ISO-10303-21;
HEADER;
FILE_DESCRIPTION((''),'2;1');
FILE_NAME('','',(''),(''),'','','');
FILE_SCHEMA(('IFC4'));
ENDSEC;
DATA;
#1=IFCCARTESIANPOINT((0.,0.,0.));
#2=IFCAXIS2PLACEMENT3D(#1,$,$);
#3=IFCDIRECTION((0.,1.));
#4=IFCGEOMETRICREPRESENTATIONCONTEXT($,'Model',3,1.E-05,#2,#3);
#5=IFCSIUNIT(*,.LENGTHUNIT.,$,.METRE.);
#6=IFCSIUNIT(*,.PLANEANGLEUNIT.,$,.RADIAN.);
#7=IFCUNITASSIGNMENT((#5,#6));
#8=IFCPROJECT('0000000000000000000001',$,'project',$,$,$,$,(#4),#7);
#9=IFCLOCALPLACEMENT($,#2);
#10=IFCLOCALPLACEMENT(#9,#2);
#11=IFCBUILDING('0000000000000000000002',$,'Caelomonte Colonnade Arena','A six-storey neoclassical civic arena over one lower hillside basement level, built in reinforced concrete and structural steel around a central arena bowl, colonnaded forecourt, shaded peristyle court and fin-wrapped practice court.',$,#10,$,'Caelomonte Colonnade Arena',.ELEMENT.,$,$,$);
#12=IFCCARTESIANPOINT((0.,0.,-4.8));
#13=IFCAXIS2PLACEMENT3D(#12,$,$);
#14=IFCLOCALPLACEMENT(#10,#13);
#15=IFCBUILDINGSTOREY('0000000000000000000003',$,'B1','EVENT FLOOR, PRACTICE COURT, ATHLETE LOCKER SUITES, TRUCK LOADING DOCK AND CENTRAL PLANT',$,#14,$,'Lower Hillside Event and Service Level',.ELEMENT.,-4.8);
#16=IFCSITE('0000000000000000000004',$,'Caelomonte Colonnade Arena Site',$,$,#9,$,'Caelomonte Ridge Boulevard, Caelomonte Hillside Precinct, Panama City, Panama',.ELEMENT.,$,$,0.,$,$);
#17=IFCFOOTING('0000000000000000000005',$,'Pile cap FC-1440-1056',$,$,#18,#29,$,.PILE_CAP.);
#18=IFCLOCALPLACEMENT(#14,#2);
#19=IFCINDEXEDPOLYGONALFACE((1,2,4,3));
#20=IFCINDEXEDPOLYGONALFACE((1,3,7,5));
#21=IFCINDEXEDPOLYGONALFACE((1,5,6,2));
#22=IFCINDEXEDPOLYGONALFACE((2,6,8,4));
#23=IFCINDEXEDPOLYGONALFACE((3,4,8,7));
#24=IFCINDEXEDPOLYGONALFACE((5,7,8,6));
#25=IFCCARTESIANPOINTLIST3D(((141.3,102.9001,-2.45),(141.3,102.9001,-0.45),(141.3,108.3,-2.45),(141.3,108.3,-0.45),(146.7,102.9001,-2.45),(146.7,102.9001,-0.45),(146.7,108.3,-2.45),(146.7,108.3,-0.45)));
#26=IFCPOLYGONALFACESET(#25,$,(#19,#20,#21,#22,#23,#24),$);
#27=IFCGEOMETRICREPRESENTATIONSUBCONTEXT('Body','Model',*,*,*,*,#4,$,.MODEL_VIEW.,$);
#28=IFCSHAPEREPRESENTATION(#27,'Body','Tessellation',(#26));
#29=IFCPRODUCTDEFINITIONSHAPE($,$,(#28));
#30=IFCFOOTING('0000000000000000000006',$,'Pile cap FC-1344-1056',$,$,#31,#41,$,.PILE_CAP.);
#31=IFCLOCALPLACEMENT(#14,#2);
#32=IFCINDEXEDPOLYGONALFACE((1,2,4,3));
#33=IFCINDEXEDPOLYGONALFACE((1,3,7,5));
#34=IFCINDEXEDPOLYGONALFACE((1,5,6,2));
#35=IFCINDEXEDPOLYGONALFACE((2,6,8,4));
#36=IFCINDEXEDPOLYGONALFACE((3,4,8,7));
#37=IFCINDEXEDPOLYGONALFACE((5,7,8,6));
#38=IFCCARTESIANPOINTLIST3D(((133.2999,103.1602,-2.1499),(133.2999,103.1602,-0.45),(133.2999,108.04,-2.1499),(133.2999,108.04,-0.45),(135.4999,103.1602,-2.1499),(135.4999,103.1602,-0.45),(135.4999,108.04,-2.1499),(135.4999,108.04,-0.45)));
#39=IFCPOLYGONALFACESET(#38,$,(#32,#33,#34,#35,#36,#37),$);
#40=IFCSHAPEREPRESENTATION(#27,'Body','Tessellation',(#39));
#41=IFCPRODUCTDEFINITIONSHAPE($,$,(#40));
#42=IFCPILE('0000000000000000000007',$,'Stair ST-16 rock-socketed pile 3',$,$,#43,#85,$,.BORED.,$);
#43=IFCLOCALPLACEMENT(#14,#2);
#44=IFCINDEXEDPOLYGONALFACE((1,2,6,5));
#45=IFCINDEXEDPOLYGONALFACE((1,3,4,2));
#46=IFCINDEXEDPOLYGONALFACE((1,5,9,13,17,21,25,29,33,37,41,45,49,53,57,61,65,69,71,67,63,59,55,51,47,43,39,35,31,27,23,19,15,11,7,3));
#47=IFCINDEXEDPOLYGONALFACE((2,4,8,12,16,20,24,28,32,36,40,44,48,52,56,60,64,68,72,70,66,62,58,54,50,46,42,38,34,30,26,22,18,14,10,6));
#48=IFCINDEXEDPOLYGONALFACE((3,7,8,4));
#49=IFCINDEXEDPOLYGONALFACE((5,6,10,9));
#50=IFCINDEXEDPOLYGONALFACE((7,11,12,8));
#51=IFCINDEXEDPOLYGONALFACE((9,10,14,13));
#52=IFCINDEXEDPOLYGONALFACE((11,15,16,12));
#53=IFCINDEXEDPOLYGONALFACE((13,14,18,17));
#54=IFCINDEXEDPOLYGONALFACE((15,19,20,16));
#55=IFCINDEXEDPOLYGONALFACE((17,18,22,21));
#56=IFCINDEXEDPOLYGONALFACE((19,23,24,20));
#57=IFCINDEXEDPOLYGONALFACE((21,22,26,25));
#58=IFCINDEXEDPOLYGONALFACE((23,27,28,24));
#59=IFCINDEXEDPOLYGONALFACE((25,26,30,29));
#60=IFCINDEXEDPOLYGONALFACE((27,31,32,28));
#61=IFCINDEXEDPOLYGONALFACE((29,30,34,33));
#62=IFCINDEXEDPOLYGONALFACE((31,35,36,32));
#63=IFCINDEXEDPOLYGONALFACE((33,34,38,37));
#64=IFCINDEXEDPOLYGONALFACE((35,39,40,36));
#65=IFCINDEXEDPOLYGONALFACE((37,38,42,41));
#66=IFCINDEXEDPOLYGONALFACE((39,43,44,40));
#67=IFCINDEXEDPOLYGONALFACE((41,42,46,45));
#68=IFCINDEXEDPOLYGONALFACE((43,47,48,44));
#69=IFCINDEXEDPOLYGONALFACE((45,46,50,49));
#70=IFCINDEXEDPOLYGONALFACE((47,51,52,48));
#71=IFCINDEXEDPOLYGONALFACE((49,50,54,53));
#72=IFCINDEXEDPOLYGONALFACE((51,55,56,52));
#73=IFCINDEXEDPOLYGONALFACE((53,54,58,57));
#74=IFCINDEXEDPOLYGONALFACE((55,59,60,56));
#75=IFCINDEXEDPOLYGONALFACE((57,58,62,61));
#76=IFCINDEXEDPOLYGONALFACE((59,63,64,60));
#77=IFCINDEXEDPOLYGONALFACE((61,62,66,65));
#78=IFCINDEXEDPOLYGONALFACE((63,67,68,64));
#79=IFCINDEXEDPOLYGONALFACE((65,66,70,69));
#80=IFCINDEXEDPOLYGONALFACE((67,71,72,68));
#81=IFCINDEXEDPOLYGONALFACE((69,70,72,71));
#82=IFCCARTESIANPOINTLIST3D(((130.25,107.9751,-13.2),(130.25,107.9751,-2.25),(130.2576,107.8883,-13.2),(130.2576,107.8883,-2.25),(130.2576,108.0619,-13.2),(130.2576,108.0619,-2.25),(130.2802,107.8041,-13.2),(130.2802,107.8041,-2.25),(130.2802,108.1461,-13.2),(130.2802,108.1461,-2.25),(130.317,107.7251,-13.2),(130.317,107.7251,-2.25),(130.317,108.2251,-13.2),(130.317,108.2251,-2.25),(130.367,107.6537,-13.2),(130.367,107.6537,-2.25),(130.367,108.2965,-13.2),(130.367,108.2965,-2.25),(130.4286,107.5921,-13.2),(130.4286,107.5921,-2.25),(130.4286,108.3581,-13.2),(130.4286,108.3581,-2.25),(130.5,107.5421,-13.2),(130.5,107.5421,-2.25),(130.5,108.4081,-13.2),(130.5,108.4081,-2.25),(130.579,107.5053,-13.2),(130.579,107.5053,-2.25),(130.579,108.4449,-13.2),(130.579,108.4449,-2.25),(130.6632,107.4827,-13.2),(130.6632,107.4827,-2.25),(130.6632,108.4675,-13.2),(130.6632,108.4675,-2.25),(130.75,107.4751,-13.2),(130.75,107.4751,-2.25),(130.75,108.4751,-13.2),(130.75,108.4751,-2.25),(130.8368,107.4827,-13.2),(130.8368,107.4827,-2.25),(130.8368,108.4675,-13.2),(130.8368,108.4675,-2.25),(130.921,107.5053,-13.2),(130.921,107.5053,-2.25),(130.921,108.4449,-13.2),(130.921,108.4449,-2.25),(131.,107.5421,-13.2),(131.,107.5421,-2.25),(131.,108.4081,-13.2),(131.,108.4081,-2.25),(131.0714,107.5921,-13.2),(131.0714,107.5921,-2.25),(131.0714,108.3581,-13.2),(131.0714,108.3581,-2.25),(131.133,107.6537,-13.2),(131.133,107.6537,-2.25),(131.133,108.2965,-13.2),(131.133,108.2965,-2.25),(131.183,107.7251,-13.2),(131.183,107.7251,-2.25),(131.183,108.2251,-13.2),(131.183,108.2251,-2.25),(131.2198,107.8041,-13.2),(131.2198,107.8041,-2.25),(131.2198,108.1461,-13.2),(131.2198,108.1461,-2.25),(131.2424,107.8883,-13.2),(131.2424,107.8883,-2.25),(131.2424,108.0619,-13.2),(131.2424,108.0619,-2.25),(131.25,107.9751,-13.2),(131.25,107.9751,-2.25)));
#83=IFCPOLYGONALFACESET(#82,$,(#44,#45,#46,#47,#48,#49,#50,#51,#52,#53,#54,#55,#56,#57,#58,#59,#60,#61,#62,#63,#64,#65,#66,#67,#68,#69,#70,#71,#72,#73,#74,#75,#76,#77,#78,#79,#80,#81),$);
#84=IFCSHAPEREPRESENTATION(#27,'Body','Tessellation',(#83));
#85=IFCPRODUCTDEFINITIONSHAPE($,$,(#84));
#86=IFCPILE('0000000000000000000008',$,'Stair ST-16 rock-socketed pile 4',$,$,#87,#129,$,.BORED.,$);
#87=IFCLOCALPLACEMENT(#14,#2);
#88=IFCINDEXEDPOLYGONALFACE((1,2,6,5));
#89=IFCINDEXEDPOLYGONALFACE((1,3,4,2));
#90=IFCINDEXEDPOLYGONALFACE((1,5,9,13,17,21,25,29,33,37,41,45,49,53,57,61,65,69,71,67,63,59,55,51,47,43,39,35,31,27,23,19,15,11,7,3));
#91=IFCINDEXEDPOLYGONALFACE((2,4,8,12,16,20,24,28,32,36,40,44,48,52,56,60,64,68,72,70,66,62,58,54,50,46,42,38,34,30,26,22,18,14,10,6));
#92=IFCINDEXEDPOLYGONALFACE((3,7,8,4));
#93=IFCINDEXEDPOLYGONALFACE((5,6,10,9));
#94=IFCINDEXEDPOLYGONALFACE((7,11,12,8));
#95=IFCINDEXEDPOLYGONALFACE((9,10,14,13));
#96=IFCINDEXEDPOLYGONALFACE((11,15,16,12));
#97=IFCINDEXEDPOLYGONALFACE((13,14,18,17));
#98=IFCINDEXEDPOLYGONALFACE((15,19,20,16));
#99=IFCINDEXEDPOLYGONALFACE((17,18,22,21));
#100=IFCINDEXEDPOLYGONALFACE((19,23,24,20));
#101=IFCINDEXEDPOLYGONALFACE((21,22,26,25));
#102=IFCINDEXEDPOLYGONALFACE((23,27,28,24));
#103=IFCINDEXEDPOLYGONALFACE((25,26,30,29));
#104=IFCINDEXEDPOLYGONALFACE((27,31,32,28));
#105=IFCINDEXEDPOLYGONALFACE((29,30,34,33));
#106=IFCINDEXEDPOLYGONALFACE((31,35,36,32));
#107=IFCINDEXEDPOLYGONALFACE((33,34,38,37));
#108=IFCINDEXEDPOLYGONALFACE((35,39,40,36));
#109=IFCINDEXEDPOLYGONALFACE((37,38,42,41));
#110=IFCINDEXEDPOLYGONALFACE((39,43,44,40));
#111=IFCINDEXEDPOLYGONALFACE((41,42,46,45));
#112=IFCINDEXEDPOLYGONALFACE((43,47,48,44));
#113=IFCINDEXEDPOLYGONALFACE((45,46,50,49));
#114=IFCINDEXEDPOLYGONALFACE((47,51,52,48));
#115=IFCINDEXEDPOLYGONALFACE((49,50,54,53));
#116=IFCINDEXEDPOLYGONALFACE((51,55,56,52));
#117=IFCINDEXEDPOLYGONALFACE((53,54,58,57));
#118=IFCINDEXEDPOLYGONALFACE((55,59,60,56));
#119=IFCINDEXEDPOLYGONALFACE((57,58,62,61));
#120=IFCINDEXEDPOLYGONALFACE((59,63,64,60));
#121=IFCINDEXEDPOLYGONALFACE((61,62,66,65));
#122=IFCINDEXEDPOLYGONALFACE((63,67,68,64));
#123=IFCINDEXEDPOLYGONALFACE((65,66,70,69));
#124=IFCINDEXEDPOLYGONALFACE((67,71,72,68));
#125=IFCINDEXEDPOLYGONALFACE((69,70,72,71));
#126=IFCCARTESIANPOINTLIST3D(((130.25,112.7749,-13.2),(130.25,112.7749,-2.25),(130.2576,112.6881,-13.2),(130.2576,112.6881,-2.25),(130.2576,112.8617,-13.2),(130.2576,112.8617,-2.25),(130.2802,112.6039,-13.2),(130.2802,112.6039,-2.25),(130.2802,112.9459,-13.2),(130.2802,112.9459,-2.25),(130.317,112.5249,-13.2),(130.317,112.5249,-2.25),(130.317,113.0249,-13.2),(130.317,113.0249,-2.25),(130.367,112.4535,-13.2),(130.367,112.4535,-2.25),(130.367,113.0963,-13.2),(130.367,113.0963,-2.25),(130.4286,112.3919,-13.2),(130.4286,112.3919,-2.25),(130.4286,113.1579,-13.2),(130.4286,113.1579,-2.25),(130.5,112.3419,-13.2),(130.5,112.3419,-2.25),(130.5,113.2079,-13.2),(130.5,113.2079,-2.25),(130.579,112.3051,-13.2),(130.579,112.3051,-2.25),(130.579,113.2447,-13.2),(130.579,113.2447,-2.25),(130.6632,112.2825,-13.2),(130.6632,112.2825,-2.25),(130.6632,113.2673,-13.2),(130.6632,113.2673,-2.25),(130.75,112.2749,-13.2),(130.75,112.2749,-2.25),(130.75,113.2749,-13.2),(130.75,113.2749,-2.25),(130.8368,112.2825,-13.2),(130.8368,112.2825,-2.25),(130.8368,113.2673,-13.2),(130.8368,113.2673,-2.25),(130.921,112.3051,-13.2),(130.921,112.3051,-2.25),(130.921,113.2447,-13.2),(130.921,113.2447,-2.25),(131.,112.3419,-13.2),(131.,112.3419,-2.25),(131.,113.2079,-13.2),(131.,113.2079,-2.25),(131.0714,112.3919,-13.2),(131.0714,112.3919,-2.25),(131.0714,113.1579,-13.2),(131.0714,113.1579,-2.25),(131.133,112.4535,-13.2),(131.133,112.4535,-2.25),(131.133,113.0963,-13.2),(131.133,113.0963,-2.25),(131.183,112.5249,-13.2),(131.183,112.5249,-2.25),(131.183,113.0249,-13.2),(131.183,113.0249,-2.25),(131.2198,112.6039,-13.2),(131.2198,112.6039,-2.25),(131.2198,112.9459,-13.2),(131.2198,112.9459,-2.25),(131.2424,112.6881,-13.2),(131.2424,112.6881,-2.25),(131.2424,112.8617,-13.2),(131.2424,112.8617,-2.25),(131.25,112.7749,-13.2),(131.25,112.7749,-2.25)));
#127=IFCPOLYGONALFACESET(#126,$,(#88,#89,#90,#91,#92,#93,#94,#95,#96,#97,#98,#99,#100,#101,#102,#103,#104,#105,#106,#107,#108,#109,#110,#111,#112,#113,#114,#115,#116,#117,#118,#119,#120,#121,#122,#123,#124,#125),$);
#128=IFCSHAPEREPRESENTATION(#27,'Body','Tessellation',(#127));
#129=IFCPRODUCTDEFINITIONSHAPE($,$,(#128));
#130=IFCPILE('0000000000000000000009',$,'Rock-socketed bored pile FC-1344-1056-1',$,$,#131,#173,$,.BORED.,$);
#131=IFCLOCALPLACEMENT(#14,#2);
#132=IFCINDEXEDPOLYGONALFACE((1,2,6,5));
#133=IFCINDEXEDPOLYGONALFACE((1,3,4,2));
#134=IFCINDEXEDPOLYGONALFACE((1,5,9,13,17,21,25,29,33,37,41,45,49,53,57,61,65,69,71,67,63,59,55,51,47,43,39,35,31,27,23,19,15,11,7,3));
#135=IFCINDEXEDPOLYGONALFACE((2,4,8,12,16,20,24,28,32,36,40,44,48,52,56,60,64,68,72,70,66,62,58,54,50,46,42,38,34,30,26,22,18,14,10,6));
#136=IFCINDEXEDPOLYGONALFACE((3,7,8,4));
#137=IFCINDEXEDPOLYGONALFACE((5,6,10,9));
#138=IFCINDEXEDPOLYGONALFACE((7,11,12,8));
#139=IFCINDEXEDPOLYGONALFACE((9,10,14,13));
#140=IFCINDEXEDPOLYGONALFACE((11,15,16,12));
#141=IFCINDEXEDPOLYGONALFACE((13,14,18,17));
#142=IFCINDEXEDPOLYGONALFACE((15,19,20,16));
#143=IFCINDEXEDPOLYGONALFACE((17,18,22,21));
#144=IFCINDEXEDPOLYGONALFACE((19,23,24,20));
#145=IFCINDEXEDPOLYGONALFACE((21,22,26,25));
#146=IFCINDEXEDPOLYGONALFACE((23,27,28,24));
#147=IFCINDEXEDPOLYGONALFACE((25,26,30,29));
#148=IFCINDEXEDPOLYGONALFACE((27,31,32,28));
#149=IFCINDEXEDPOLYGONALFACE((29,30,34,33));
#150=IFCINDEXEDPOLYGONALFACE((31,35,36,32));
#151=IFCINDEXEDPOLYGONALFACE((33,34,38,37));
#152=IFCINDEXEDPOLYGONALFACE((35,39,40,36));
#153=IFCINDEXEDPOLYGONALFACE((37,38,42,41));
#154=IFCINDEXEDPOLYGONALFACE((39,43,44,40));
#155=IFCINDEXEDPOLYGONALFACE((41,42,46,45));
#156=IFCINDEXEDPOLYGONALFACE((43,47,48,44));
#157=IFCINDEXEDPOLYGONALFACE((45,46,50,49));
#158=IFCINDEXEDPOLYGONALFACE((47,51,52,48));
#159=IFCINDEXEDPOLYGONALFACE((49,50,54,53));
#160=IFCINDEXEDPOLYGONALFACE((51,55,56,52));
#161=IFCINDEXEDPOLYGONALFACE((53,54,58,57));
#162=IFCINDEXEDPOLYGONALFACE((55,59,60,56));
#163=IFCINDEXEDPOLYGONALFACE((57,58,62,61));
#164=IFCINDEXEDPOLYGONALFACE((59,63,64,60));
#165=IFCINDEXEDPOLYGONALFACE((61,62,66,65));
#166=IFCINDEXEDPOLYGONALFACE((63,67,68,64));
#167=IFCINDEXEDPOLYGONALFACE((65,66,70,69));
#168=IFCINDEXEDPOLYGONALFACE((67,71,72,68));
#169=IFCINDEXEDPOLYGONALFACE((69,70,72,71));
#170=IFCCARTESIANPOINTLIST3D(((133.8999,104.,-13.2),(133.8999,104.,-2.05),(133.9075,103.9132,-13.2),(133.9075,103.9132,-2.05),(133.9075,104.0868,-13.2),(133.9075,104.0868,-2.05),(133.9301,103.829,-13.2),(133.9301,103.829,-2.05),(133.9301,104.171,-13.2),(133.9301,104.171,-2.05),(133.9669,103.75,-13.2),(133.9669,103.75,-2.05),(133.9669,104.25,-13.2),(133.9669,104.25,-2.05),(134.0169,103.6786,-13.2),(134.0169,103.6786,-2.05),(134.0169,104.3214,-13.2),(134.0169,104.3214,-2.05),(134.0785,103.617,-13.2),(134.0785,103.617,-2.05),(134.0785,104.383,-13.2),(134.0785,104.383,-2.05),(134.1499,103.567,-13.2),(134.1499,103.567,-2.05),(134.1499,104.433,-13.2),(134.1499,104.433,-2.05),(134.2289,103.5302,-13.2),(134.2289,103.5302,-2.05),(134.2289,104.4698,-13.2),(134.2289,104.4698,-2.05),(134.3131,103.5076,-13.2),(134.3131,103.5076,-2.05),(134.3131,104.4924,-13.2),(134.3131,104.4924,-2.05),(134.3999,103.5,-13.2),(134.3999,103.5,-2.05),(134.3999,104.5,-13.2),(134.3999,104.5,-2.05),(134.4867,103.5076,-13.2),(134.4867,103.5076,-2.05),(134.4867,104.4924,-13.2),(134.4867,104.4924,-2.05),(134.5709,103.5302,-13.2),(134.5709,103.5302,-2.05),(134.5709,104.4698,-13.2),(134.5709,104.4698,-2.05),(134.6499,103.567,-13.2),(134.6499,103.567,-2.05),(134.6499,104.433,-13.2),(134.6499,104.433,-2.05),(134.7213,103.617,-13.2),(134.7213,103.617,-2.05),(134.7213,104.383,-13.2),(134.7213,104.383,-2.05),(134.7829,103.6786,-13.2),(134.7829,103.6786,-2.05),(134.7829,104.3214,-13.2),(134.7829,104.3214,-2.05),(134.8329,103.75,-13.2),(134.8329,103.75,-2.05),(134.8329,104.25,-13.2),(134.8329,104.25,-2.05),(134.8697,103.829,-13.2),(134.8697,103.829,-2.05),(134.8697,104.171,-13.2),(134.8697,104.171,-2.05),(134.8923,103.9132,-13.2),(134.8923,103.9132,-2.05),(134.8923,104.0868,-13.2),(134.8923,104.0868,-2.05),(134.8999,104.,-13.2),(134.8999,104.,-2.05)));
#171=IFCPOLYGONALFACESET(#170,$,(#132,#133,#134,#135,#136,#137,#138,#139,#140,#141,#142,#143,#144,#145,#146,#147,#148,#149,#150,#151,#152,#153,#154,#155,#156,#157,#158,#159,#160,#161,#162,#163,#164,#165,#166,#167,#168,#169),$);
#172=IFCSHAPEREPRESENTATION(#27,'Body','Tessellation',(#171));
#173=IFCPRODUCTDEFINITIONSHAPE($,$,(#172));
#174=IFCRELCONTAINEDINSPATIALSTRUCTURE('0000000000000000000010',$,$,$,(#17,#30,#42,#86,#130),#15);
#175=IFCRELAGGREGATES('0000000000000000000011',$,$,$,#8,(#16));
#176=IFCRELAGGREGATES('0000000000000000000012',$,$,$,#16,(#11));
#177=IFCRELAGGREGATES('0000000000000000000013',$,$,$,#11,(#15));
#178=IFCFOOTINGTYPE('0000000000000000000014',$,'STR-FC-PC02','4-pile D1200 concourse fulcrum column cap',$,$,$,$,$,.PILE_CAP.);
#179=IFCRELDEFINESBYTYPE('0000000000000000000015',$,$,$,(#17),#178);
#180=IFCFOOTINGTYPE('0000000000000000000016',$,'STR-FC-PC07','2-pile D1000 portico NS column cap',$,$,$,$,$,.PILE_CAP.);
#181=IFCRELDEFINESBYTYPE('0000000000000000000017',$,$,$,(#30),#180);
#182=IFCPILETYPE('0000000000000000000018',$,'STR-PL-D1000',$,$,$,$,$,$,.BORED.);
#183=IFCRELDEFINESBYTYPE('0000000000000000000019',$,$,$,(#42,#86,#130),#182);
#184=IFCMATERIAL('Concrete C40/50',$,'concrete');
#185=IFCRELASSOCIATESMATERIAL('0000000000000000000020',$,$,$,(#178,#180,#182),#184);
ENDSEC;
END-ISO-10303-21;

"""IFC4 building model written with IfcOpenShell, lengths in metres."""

from ifc_helpers import new_model, si_unit, direction, frame, origin, origin_2d, place, context, subcontext, project, spatial, rectangle, circle, extrude, material, material_profile, profile_set, type_object, element, save


model = new_model("IFC4")

# Units and contexts
model_context = context("Model", 3, precision=1e-05, world=origin(), true_north=direction((0.0, 1.0)))
body_context = subcontext(model_context, "Body", "Model", "MODEL_VIEW")
ifc_project = project(units=[si_unit("LENGTHUNIT", "METRE"), si_unit("PLANEANGLEUNIT", "RADIAN")], contexts=[model_context])

# Site, building, storey
site_placement = place(None, origin())
site = spatial("IfcSite", under=ifc_project, at=site_placement, Name="Caelomonte Colonnade Arena Site", LongName="Caelomonte Ridge Boulevard, Caelomonte Hillside Precinct, Panama City, Panama", CompositionType="ELEMENT", RefElevation=0.0)
building_placement = place(site_placement, origin())
building = spatial("IfcBuilding", under=site, at=building_placement, Name="Caelomonte Colonnade Arena", Description="A six-storey neoclassical civic arena over one lower hillside basement level, built in reinforced concrete and structural steel around a central arena bowl, colonnaded forecourt, shaded peristyle court and fin-wrapped practice court.", LongName="Caelomonte Colonnade Arena", CompositionType="ELEMENT")
storey_placement = place(building_placement, frame((0.0, 0.0, -4.8)))
storey = spatial("IfcBuildingStorey", under=building, at=storey_placement, Name="B1", Description="EVENT FLOOR, PRACTICE COURT, ATHLETE LOCKER SUITES, TRUCK LOADING DOCK AND CENTRAL PLANT", LongName="Lower Hillside Event and Service Level", CompositionType="ELEMENT", Elevation=-4.8)

# Footings
ifc_material_1 = material(Name="Concrete C40/50", Category="concrete")
footing_type_1 = type_object("IfcFootingType", Name="STR-FC-PC02", Description="4-pile D1200 concourse fulcrum column cap", PredefinedType="PILE_CAP", material=ifc_material_1)
footing_1_placement = place(storey_placement, frame((144.0, 105.6001, -2.45), z_axis=(0.0, 0.0, 1.0), x_axis=(1.0, 0.0, 0.0)))
element("IfcFooting", 1, at=footing_1_placement, inside=storey, type_object=footing_type_1, Name="Pile cap FC-1440-1056", PredefinedType="PILE_CAP", context=body_context, shape_type="SweptSolid", body=[
    extrude(rectangle(XDim=5.3999, YDim=5.3999, at=origin_2d()), origin(), (0.0, 0.0, 1.0), 2.0),
])
footing_type_2 = type_object("IfcFootingType", Name="STR-FC-PC07", Description="2-pile D1000 portico NS column cap", PredefinedType="PILE_CAP", material=ifc_material_1)
footing_2_placement = place(storey_placement, frame((134.3999, 105.6001, -2.1499), z_axis=(0.0, 0.0, 1.0), x_axis=(1.0, 0.0, 0.0)))
element("IfcFooting", 2, at=footing_2_placement, inside=storey, type_object=footing_type_2, Name="Pile cap FC-1344-1056", PredefinedType="PILE_CAP", context=body_context, shape_type="SweptSolid", body=[
    extrude(rectangle(XDim=2.2, YDim=4.8799, at=origin_2d()), origin(), (0.0, 0.0, 1.0), 1.7),
])

# Piles
ifc_material_profile_1 = material_profile(ifc_material_1, circle(Radius=0.5, at=origin_2d()), Name="PILE-D1000")
ifc_profile_set_1 = profile_set([ifc_material_profile_1], Name="Concrete C40/50")
pile_type_1 = type_object("IfcPileType", Name="STR-PL-D1000", PredefinedType="BORED", material=ifc_profile_set_1)
for number, where, z_axis, x_axis, name in (
    (3, (130.75, 107.9751, -2.25), (0.0, 0.0, -1.0), (1.0, 0.0, 0.0), "Stair ST-16 rock-socketed pile 3"),
    (4, (130.75, 112.7749, -2.25), (0.0, 0.0, -1.0), (1.0, 0.0, 0.0), "Stair ST-16 rock-socketed pile 4"),
):
    element("IfcPile", number, at=place(storey_placement, frame(where, z_axis=z_axis, x_axis=x_axis)), inside=storey, type_object=pile_type_1, Name=name, PredefinedType="BORED", context=body_context, shape_type="SweptSolid", body=[
        extrude(circle(Radius=0.5, at=origin_2d()), origin(), (0.0, 0.0, 1.0), 10.95),
    ])
for number, where, z_axis, x_axis, name in (
    (5, (134.3999, 104.0, -2.05), (0.0, 0.0, -1.0), (1.0, 0.0, 0.0), "Rock-socketed bored pile FC-1344-1056-1"),
):
    element("IfcPile", number, at=place(storey_placement, frame(where, z_axis=z_axis, x_axis=x_axis)), inside=storey, type_object=pile_type_1, Name=name, PredefinedType="BORED", context=body_context, shape_type="SweptSolid", body=[
        extrude(circle(Radius=0.5, at=origin_2d()), origin(), (0.0, 0.0, 1.0), 11.1499),
    ])

save(model, "model.ifc")
